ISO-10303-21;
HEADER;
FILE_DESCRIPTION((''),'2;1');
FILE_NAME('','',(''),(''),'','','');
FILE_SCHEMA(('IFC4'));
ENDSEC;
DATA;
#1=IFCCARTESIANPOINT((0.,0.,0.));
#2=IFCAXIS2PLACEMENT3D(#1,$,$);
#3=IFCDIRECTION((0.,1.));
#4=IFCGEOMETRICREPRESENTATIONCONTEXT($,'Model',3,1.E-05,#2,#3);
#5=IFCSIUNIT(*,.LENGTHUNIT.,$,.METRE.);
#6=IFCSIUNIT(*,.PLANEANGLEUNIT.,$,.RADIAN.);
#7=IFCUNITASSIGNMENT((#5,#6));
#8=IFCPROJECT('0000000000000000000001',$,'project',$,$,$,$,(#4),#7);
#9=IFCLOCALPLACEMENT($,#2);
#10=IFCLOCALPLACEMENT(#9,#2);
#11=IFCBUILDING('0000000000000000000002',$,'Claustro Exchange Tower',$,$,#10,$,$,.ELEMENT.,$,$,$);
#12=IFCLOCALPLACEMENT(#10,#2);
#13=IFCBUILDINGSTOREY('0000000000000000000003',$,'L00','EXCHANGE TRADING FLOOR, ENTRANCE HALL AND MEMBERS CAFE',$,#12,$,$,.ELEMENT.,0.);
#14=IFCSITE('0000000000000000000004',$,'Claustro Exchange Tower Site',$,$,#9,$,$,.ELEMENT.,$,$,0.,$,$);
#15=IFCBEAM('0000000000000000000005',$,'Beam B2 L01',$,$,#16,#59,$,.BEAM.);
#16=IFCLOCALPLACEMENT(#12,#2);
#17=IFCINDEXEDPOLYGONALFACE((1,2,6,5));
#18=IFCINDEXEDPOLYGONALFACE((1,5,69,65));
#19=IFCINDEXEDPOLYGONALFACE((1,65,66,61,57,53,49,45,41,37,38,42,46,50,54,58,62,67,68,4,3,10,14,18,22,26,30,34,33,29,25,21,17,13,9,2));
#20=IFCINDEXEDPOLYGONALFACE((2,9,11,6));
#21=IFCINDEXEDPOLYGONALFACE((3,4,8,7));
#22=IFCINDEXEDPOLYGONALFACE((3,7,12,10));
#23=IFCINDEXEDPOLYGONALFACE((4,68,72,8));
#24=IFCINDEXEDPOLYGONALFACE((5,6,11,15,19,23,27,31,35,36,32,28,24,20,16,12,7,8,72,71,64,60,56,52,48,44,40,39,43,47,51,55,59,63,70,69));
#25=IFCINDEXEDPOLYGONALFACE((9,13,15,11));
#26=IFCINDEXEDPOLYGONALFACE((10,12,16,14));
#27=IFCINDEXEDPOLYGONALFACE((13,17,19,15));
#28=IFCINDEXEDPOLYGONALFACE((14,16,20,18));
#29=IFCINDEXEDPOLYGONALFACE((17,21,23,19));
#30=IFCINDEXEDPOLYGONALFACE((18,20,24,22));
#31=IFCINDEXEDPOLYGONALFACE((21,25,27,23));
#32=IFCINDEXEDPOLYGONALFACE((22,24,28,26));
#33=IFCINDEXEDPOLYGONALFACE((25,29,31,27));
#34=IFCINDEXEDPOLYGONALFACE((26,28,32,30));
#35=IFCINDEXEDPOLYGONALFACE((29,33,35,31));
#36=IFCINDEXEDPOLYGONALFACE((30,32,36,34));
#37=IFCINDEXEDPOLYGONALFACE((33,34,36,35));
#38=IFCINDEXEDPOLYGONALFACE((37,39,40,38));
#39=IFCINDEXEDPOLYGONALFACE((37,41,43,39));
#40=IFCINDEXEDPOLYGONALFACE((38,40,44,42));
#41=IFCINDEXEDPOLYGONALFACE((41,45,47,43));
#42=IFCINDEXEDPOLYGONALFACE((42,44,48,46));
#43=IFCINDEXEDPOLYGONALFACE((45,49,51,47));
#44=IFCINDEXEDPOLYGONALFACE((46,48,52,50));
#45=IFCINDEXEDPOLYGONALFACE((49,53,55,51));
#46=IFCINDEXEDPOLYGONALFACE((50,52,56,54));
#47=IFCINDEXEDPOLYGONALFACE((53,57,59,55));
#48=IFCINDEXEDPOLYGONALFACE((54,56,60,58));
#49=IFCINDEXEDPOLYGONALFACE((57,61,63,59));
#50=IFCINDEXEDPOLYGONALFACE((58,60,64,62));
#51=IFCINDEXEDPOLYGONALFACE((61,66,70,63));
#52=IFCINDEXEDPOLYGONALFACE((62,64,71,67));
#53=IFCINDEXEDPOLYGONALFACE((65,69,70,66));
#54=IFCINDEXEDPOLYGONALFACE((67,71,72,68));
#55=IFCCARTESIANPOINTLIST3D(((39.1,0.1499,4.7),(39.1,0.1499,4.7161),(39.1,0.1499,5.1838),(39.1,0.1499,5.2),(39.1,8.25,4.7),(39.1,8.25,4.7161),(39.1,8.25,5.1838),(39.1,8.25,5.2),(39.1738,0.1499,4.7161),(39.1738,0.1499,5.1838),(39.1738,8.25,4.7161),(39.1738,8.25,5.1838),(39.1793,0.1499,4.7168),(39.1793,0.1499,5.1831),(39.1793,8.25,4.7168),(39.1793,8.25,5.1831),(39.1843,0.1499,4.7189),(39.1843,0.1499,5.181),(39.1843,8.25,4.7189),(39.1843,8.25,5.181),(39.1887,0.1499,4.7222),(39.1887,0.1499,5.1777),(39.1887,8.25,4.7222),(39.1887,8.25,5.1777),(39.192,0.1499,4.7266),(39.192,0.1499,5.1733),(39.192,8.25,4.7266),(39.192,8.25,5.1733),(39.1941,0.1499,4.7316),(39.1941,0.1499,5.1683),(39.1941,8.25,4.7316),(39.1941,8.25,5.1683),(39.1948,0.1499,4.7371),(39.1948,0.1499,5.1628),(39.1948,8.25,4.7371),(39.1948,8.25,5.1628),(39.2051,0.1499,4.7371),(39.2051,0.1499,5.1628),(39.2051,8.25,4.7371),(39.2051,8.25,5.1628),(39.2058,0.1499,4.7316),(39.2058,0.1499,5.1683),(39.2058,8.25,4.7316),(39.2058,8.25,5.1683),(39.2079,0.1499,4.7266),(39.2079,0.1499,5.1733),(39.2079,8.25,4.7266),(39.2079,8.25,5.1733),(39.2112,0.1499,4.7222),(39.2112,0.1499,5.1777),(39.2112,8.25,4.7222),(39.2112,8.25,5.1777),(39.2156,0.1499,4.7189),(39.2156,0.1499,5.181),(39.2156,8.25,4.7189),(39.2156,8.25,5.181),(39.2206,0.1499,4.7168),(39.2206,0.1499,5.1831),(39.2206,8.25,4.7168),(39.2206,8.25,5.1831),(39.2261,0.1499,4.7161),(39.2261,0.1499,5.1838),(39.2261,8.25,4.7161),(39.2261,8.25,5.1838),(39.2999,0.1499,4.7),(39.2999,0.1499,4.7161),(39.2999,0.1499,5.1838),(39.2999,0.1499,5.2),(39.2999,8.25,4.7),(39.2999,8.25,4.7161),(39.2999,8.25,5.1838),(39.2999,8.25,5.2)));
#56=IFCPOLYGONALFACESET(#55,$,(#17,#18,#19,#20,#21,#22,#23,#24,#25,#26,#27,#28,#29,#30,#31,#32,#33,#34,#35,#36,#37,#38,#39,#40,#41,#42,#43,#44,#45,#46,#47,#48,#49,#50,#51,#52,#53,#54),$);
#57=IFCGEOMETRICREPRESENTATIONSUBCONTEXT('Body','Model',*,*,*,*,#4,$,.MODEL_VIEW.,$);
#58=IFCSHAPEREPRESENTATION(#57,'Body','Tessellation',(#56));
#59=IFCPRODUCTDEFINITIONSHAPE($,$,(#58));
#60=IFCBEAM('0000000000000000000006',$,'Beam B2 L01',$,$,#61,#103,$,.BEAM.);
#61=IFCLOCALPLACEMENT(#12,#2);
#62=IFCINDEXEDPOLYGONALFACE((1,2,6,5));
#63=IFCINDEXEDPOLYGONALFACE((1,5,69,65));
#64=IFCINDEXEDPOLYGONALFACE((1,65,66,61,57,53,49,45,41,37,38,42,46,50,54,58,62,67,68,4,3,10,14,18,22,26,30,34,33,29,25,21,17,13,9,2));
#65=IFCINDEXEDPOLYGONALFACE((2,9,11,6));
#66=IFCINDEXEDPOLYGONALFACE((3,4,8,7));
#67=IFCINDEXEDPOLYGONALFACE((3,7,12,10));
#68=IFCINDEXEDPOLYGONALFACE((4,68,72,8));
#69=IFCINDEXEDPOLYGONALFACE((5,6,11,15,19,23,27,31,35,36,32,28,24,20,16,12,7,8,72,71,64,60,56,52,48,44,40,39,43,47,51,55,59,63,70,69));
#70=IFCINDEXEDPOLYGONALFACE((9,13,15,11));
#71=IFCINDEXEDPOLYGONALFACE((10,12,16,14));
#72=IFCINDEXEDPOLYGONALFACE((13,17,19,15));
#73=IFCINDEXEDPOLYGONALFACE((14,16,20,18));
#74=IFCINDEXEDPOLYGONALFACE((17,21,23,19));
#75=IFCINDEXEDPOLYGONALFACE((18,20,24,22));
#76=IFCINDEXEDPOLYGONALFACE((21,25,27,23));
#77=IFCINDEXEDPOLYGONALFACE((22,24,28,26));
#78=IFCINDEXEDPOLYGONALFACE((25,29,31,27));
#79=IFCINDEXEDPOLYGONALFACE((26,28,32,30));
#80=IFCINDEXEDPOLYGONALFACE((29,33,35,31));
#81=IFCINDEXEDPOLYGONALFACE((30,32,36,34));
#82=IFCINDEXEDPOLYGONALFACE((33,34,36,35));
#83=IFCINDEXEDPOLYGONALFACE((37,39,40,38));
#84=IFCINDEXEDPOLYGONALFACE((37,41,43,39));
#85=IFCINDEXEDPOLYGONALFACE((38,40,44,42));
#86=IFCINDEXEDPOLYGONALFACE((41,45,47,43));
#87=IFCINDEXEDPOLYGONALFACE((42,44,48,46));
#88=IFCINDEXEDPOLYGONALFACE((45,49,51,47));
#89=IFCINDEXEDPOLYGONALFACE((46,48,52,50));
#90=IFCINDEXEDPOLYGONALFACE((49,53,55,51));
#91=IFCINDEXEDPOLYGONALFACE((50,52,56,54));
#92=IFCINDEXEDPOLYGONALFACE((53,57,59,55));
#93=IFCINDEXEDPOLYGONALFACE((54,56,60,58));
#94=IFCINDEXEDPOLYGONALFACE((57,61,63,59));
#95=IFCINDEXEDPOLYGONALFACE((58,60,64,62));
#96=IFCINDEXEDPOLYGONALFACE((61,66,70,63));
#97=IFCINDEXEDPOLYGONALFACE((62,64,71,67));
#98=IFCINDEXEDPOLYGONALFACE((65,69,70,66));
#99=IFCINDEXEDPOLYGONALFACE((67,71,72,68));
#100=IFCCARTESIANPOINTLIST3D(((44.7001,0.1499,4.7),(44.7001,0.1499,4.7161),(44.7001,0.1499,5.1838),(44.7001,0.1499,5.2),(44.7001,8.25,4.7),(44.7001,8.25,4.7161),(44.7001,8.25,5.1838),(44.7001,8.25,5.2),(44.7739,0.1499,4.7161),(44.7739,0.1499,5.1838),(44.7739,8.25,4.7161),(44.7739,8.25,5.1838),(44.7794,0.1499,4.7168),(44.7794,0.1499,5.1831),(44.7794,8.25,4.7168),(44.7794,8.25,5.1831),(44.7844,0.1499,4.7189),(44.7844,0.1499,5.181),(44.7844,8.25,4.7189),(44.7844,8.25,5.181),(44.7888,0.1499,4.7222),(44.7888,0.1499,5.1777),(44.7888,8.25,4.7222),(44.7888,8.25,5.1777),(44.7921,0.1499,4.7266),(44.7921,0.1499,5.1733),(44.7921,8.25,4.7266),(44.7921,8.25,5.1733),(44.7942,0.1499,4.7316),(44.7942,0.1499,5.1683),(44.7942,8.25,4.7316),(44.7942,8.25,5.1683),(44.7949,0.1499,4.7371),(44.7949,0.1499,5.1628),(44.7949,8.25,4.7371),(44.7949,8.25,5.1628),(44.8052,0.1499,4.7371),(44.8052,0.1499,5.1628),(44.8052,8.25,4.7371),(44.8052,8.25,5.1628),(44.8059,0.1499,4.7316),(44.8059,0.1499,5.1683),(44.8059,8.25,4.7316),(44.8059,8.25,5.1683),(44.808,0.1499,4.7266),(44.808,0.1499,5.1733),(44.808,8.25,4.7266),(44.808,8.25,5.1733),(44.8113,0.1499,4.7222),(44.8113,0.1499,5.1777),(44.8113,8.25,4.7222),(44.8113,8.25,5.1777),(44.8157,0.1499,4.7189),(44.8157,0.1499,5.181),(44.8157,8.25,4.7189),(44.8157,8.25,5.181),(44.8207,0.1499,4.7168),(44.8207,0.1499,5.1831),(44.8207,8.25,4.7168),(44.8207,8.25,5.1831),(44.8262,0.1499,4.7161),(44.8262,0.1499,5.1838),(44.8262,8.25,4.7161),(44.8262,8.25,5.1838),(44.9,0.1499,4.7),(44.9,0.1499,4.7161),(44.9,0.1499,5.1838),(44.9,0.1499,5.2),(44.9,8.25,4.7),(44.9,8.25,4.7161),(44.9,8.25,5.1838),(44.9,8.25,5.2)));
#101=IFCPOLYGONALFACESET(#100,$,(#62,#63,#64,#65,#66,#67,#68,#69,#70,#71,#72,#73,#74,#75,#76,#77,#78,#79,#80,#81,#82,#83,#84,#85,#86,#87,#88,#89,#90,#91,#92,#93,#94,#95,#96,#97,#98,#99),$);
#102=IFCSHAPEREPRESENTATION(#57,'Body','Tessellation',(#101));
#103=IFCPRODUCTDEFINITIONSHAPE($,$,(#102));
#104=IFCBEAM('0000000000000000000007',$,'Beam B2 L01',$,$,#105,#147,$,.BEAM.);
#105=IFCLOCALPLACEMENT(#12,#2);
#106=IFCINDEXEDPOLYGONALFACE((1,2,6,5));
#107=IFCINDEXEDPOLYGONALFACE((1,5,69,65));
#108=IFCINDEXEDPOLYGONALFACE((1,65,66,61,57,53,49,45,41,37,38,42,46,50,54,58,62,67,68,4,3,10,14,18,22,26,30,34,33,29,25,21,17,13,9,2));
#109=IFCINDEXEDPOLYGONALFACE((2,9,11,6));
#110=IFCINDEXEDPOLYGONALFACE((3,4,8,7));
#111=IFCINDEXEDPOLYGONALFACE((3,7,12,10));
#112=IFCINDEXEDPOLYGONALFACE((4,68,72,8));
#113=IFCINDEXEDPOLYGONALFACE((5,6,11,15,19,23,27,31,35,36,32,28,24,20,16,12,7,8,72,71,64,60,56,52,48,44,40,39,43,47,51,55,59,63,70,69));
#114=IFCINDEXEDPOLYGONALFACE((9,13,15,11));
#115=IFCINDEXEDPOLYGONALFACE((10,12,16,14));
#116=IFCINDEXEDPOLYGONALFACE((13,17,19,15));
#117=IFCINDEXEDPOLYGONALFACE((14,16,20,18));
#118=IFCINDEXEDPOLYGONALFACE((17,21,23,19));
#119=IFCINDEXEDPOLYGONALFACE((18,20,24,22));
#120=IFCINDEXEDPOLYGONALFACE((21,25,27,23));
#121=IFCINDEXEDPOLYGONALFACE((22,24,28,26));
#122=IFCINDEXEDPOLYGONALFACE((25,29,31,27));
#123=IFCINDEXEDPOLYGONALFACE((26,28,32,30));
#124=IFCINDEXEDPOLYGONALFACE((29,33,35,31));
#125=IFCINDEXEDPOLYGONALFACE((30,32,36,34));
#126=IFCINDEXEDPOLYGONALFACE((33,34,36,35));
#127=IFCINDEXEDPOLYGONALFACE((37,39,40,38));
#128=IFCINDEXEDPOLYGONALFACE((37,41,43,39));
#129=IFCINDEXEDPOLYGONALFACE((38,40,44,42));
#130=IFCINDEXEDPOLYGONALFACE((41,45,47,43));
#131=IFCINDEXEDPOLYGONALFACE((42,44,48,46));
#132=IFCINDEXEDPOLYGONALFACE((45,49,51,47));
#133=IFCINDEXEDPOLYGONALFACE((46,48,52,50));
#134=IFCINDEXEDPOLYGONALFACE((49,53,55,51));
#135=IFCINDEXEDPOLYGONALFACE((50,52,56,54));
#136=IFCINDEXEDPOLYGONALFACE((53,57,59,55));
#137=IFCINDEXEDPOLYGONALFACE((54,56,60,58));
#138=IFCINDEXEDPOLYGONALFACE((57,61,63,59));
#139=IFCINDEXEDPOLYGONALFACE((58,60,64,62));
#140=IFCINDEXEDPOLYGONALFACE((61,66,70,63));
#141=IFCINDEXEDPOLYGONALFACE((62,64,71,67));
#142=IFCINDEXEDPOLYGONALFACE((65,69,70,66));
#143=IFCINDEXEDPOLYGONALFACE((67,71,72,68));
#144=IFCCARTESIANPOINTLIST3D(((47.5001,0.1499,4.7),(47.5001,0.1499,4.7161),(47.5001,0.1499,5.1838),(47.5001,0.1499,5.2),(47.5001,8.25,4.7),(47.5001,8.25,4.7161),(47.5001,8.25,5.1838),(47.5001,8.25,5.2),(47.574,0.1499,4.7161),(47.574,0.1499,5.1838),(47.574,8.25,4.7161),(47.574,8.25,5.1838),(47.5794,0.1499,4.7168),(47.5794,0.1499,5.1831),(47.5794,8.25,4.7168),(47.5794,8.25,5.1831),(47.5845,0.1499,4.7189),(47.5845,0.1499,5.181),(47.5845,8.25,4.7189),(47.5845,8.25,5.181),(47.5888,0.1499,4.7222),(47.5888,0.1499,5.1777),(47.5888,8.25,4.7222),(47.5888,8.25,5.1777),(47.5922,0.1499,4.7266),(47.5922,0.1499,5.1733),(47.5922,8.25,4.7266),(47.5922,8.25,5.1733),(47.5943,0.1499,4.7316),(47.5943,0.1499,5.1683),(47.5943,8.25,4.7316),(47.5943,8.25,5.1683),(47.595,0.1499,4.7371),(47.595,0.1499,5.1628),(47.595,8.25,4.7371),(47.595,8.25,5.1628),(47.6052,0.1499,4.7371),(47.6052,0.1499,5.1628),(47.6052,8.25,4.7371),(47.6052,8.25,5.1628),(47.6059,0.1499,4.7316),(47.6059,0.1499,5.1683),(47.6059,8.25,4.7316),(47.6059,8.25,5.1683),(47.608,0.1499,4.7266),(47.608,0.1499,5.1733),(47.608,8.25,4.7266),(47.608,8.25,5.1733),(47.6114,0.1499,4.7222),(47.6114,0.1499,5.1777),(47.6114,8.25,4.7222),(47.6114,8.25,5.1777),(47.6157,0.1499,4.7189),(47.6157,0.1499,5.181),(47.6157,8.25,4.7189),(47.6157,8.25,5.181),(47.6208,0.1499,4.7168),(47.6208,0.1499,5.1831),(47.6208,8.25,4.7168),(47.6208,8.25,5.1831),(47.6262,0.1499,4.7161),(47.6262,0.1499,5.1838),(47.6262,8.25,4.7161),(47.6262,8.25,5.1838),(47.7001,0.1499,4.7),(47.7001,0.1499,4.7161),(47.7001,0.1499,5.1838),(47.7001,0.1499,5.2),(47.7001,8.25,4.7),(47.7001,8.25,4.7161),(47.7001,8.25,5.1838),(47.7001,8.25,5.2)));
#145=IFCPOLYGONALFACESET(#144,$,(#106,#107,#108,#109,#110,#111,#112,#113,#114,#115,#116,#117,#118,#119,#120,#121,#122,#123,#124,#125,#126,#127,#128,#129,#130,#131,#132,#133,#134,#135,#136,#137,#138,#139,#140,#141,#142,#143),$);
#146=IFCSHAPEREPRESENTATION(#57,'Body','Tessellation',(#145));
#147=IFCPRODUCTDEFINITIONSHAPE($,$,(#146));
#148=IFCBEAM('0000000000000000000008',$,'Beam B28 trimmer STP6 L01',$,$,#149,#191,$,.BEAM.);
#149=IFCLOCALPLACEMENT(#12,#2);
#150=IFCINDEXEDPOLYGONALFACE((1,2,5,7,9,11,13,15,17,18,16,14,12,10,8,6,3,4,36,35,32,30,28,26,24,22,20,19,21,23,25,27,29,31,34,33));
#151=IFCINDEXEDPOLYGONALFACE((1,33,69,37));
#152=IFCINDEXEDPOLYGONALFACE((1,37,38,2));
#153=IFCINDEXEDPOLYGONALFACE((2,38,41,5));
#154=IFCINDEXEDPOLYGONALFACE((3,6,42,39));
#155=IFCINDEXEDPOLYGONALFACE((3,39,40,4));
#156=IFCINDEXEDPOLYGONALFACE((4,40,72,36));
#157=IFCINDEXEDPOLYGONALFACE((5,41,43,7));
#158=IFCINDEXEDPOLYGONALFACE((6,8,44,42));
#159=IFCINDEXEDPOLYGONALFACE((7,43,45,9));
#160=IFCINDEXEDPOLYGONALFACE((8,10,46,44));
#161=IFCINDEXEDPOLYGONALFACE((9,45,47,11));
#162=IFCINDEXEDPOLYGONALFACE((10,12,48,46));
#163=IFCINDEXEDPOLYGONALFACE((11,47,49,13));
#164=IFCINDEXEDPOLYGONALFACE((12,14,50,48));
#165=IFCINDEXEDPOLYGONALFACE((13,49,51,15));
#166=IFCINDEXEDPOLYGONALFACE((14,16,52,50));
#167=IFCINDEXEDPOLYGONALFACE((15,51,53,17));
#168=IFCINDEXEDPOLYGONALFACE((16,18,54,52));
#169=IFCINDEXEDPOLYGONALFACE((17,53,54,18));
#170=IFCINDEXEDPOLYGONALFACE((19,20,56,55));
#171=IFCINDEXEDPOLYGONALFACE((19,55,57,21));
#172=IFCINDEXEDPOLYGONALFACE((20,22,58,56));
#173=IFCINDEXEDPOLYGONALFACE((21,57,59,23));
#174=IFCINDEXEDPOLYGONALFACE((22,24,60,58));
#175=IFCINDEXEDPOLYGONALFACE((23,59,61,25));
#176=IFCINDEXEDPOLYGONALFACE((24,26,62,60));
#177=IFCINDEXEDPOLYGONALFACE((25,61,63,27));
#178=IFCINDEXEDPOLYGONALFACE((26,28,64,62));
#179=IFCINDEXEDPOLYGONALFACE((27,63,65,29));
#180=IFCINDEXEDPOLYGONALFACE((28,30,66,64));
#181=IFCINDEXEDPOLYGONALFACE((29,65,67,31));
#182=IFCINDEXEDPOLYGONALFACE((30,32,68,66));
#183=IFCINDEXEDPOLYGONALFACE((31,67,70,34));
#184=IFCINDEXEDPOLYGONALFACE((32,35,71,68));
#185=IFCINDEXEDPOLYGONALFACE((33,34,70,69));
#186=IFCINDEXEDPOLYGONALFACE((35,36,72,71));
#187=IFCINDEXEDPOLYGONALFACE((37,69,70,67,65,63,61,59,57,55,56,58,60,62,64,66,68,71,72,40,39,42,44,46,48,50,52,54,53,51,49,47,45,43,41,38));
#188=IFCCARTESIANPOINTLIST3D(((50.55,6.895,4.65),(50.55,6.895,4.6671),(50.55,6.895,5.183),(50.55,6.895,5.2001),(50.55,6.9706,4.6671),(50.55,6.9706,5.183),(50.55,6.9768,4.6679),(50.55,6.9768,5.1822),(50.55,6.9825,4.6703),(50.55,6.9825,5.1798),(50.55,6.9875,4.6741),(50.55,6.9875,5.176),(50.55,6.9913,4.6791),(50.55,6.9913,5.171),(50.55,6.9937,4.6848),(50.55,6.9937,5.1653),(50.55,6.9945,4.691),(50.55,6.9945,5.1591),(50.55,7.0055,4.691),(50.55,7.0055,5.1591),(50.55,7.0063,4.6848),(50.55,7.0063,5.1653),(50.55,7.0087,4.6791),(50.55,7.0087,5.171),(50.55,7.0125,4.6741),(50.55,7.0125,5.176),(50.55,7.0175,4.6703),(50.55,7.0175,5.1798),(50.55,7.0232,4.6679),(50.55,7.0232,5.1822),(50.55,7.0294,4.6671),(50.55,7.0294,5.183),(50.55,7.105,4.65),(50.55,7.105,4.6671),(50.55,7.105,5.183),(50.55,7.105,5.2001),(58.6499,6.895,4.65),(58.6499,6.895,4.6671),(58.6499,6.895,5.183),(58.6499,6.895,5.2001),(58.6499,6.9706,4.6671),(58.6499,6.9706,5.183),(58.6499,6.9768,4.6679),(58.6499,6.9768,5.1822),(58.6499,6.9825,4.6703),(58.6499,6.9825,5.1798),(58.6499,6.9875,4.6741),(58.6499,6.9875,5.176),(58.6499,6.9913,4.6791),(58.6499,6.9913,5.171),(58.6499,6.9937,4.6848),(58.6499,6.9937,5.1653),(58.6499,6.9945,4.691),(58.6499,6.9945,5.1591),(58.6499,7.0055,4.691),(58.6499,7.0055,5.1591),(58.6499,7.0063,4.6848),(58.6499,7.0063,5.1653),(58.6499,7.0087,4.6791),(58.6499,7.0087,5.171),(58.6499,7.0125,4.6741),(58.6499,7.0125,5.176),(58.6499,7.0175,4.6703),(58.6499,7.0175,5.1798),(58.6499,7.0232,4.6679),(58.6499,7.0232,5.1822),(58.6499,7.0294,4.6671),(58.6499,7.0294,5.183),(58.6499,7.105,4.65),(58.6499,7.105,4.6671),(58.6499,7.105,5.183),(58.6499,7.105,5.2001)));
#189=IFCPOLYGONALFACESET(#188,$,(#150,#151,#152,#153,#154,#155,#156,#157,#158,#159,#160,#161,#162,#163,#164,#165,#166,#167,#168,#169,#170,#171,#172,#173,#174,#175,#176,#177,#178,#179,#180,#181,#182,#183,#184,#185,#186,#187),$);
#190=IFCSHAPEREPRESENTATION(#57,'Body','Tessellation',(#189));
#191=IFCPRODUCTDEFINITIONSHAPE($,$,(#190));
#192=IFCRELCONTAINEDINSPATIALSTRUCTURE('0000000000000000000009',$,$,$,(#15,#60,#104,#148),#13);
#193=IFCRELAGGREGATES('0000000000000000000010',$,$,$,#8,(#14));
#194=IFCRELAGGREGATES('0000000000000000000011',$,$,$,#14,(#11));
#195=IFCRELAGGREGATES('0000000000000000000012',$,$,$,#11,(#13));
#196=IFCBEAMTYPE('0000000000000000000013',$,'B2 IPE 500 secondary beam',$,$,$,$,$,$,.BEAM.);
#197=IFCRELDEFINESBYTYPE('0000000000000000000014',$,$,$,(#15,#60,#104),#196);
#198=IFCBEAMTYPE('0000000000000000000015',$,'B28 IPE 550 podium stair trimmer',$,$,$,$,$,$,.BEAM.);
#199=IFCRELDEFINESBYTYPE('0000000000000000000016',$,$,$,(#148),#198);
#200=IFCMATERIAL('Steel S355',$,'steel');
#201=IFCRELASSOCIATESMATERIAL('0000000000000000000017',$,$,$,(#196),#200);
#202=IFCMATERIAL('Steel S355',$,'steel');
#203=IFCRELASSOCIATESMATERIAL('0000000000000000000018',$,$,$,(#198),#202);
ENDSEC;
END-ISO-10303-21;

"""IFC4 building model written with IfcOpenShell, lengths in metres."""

from ifc_helpers import new_model, si_unit, direction, frame, origin, origin_2d, place, context, subcontext, project, spatial, i_section, extrude, material, material_profile, profile_set, type_object, element, save


model = new_model("IFC4")

# Units and contexts
model_context = context("Model", 3, precision=1e-05, world=origin(), true_north=direction((0.0, 1.0)))
body_context = subcontext(model_context, "Body", "Model", "MODEL_VIEW")
ifc_project = project(units=[si_unit("LENGTHUNIT", "METRE"), si_unit("PLANEANGLEUNIT", "RADIAN")], contexts=[model_context])

# Site, building, storey
site_placement = place(None, origin())
site = spatial("IfcSite", under=ifc_project, at=site_placement, Name="Claustro Exchange Tower Site", CompositionType="ELEMENT", RefElevation=0.0)
building_placement = place(site_placement, origin())
building = spatial("IfcBuilding", under=site, at=building_placement, Name="Claustro Exchange Tower", CompositionType="ELEMENT")
storey_placement = place(building_placement, origin())
storey = spatial("IfcBuildingStorey", under=building, at=storey_placement, Name="L00", Description="EXCHANGE TRADING FLOOR, ENTRANCE HALL AND MEMBERS CAFE", CompositionType="ELEMENT", Elevation=0.0)

# Beams
ifc_material_1 = material(Name="Steel S355", Category="steel")
ifc_material_profile_1 = material_profile(ifc_material_1, i_section(OverallWidth=0.2, OverallDepth=0.5, WebThickness=0.0103, FlangeThickness=0.0161, FilletRadius=0.021, at=origin_2d()), Name="IPE 500")
ifc_profile_set_1 = profile_set([ifc_material_profile_1], Name="Steel S355")
beam_type_1 = type_object("IfcBeamType", Name="B2 IPE 500 secondary beam", PredefinedType="BEAM", material=ifc_profile_set_1)
for number, where, z_axis, x_axis, name in (
    (1, (39.2, 0.1499, 4.95), (0.0, 1.0, 0.0), (-1.0, 0.0, 0.0), "Beam B2 L01"),
    (2, (44.8, 0.1499, 4.95), (0.0, 1.0, 0.0), (-1.0, 0.0, 0.0), "Beam B2 L01"),
    (3, (47.6001, 0.1499, 4.95), (0.0, 1.0, 0.0), (-1.0, 0.0, 0.0), "Beam B2 L01"),
):
    element("IfcBeam", number, at=place(storey_placement, frame(where, z_axis=z_axis, x_axis=x_axis)), inside=storey, type_object=beam_type_1, Name=name, PredefinedType="BEAM", context=body_context, shape_type="SweptSolid", body=[
        extrude(i_section(OverallWidth=0.2, OverallDepth=0.5, WebThickness=0.0103, FlangeThickness=0.0161, FilletRadius=0.021, at=origin_2d()), origin(), (0.0, 0.0, 1.0), 8.1001),
    ])
ifc_material_2 = material(Name="Steel S355", Category="steel")
ifc_material_profile_2 = material_profile(ifc_material_2, i_section(OverallWidth=0.21, OverallDepth=0.55, WebThickness=0.011, FlangeThickness=0.0171, FilletRadius=0.0239, at=origin_2d()), Name="IPE 550")
ifc_profile_set_2 = profile_set([ifc_material_profile_2], Name="Steel S355")
beam_type_2 = type_object("IfcBeamType", Name="B28 IPE 550 podium stair trimmer", PredefinedType="BEAM", material=ifc_profile_set_2)
for number, where, z_axis, x_axis, name in (
    (4, (50.55, 7.0, 4.925), (1.0, 0.0, 0.0), (0.0, 1.0, 0.0), "Beam B28 trimmer STP6 L01"),
):
    element("IfcBeam", number, at=place(storey_placement, frame(where, z_axis=z_axis, x_axis=x_axis)), inside=storey, type_object=beam_type_2, Name=name, PredefinedType="BEAM", context=body_context, shape_type="SweptSolid", body=[
        extrude(i_section(OverallWidth=0.21, OverallDepth=0.55, WebThickness=0.011, FlangeThickness=0.0171, FilletRadius=0.0239, at=origin_2d()), origin(), (0.0, 0.0, 1.0), 8.0999),
    ])

save(model, "model.ifc")
